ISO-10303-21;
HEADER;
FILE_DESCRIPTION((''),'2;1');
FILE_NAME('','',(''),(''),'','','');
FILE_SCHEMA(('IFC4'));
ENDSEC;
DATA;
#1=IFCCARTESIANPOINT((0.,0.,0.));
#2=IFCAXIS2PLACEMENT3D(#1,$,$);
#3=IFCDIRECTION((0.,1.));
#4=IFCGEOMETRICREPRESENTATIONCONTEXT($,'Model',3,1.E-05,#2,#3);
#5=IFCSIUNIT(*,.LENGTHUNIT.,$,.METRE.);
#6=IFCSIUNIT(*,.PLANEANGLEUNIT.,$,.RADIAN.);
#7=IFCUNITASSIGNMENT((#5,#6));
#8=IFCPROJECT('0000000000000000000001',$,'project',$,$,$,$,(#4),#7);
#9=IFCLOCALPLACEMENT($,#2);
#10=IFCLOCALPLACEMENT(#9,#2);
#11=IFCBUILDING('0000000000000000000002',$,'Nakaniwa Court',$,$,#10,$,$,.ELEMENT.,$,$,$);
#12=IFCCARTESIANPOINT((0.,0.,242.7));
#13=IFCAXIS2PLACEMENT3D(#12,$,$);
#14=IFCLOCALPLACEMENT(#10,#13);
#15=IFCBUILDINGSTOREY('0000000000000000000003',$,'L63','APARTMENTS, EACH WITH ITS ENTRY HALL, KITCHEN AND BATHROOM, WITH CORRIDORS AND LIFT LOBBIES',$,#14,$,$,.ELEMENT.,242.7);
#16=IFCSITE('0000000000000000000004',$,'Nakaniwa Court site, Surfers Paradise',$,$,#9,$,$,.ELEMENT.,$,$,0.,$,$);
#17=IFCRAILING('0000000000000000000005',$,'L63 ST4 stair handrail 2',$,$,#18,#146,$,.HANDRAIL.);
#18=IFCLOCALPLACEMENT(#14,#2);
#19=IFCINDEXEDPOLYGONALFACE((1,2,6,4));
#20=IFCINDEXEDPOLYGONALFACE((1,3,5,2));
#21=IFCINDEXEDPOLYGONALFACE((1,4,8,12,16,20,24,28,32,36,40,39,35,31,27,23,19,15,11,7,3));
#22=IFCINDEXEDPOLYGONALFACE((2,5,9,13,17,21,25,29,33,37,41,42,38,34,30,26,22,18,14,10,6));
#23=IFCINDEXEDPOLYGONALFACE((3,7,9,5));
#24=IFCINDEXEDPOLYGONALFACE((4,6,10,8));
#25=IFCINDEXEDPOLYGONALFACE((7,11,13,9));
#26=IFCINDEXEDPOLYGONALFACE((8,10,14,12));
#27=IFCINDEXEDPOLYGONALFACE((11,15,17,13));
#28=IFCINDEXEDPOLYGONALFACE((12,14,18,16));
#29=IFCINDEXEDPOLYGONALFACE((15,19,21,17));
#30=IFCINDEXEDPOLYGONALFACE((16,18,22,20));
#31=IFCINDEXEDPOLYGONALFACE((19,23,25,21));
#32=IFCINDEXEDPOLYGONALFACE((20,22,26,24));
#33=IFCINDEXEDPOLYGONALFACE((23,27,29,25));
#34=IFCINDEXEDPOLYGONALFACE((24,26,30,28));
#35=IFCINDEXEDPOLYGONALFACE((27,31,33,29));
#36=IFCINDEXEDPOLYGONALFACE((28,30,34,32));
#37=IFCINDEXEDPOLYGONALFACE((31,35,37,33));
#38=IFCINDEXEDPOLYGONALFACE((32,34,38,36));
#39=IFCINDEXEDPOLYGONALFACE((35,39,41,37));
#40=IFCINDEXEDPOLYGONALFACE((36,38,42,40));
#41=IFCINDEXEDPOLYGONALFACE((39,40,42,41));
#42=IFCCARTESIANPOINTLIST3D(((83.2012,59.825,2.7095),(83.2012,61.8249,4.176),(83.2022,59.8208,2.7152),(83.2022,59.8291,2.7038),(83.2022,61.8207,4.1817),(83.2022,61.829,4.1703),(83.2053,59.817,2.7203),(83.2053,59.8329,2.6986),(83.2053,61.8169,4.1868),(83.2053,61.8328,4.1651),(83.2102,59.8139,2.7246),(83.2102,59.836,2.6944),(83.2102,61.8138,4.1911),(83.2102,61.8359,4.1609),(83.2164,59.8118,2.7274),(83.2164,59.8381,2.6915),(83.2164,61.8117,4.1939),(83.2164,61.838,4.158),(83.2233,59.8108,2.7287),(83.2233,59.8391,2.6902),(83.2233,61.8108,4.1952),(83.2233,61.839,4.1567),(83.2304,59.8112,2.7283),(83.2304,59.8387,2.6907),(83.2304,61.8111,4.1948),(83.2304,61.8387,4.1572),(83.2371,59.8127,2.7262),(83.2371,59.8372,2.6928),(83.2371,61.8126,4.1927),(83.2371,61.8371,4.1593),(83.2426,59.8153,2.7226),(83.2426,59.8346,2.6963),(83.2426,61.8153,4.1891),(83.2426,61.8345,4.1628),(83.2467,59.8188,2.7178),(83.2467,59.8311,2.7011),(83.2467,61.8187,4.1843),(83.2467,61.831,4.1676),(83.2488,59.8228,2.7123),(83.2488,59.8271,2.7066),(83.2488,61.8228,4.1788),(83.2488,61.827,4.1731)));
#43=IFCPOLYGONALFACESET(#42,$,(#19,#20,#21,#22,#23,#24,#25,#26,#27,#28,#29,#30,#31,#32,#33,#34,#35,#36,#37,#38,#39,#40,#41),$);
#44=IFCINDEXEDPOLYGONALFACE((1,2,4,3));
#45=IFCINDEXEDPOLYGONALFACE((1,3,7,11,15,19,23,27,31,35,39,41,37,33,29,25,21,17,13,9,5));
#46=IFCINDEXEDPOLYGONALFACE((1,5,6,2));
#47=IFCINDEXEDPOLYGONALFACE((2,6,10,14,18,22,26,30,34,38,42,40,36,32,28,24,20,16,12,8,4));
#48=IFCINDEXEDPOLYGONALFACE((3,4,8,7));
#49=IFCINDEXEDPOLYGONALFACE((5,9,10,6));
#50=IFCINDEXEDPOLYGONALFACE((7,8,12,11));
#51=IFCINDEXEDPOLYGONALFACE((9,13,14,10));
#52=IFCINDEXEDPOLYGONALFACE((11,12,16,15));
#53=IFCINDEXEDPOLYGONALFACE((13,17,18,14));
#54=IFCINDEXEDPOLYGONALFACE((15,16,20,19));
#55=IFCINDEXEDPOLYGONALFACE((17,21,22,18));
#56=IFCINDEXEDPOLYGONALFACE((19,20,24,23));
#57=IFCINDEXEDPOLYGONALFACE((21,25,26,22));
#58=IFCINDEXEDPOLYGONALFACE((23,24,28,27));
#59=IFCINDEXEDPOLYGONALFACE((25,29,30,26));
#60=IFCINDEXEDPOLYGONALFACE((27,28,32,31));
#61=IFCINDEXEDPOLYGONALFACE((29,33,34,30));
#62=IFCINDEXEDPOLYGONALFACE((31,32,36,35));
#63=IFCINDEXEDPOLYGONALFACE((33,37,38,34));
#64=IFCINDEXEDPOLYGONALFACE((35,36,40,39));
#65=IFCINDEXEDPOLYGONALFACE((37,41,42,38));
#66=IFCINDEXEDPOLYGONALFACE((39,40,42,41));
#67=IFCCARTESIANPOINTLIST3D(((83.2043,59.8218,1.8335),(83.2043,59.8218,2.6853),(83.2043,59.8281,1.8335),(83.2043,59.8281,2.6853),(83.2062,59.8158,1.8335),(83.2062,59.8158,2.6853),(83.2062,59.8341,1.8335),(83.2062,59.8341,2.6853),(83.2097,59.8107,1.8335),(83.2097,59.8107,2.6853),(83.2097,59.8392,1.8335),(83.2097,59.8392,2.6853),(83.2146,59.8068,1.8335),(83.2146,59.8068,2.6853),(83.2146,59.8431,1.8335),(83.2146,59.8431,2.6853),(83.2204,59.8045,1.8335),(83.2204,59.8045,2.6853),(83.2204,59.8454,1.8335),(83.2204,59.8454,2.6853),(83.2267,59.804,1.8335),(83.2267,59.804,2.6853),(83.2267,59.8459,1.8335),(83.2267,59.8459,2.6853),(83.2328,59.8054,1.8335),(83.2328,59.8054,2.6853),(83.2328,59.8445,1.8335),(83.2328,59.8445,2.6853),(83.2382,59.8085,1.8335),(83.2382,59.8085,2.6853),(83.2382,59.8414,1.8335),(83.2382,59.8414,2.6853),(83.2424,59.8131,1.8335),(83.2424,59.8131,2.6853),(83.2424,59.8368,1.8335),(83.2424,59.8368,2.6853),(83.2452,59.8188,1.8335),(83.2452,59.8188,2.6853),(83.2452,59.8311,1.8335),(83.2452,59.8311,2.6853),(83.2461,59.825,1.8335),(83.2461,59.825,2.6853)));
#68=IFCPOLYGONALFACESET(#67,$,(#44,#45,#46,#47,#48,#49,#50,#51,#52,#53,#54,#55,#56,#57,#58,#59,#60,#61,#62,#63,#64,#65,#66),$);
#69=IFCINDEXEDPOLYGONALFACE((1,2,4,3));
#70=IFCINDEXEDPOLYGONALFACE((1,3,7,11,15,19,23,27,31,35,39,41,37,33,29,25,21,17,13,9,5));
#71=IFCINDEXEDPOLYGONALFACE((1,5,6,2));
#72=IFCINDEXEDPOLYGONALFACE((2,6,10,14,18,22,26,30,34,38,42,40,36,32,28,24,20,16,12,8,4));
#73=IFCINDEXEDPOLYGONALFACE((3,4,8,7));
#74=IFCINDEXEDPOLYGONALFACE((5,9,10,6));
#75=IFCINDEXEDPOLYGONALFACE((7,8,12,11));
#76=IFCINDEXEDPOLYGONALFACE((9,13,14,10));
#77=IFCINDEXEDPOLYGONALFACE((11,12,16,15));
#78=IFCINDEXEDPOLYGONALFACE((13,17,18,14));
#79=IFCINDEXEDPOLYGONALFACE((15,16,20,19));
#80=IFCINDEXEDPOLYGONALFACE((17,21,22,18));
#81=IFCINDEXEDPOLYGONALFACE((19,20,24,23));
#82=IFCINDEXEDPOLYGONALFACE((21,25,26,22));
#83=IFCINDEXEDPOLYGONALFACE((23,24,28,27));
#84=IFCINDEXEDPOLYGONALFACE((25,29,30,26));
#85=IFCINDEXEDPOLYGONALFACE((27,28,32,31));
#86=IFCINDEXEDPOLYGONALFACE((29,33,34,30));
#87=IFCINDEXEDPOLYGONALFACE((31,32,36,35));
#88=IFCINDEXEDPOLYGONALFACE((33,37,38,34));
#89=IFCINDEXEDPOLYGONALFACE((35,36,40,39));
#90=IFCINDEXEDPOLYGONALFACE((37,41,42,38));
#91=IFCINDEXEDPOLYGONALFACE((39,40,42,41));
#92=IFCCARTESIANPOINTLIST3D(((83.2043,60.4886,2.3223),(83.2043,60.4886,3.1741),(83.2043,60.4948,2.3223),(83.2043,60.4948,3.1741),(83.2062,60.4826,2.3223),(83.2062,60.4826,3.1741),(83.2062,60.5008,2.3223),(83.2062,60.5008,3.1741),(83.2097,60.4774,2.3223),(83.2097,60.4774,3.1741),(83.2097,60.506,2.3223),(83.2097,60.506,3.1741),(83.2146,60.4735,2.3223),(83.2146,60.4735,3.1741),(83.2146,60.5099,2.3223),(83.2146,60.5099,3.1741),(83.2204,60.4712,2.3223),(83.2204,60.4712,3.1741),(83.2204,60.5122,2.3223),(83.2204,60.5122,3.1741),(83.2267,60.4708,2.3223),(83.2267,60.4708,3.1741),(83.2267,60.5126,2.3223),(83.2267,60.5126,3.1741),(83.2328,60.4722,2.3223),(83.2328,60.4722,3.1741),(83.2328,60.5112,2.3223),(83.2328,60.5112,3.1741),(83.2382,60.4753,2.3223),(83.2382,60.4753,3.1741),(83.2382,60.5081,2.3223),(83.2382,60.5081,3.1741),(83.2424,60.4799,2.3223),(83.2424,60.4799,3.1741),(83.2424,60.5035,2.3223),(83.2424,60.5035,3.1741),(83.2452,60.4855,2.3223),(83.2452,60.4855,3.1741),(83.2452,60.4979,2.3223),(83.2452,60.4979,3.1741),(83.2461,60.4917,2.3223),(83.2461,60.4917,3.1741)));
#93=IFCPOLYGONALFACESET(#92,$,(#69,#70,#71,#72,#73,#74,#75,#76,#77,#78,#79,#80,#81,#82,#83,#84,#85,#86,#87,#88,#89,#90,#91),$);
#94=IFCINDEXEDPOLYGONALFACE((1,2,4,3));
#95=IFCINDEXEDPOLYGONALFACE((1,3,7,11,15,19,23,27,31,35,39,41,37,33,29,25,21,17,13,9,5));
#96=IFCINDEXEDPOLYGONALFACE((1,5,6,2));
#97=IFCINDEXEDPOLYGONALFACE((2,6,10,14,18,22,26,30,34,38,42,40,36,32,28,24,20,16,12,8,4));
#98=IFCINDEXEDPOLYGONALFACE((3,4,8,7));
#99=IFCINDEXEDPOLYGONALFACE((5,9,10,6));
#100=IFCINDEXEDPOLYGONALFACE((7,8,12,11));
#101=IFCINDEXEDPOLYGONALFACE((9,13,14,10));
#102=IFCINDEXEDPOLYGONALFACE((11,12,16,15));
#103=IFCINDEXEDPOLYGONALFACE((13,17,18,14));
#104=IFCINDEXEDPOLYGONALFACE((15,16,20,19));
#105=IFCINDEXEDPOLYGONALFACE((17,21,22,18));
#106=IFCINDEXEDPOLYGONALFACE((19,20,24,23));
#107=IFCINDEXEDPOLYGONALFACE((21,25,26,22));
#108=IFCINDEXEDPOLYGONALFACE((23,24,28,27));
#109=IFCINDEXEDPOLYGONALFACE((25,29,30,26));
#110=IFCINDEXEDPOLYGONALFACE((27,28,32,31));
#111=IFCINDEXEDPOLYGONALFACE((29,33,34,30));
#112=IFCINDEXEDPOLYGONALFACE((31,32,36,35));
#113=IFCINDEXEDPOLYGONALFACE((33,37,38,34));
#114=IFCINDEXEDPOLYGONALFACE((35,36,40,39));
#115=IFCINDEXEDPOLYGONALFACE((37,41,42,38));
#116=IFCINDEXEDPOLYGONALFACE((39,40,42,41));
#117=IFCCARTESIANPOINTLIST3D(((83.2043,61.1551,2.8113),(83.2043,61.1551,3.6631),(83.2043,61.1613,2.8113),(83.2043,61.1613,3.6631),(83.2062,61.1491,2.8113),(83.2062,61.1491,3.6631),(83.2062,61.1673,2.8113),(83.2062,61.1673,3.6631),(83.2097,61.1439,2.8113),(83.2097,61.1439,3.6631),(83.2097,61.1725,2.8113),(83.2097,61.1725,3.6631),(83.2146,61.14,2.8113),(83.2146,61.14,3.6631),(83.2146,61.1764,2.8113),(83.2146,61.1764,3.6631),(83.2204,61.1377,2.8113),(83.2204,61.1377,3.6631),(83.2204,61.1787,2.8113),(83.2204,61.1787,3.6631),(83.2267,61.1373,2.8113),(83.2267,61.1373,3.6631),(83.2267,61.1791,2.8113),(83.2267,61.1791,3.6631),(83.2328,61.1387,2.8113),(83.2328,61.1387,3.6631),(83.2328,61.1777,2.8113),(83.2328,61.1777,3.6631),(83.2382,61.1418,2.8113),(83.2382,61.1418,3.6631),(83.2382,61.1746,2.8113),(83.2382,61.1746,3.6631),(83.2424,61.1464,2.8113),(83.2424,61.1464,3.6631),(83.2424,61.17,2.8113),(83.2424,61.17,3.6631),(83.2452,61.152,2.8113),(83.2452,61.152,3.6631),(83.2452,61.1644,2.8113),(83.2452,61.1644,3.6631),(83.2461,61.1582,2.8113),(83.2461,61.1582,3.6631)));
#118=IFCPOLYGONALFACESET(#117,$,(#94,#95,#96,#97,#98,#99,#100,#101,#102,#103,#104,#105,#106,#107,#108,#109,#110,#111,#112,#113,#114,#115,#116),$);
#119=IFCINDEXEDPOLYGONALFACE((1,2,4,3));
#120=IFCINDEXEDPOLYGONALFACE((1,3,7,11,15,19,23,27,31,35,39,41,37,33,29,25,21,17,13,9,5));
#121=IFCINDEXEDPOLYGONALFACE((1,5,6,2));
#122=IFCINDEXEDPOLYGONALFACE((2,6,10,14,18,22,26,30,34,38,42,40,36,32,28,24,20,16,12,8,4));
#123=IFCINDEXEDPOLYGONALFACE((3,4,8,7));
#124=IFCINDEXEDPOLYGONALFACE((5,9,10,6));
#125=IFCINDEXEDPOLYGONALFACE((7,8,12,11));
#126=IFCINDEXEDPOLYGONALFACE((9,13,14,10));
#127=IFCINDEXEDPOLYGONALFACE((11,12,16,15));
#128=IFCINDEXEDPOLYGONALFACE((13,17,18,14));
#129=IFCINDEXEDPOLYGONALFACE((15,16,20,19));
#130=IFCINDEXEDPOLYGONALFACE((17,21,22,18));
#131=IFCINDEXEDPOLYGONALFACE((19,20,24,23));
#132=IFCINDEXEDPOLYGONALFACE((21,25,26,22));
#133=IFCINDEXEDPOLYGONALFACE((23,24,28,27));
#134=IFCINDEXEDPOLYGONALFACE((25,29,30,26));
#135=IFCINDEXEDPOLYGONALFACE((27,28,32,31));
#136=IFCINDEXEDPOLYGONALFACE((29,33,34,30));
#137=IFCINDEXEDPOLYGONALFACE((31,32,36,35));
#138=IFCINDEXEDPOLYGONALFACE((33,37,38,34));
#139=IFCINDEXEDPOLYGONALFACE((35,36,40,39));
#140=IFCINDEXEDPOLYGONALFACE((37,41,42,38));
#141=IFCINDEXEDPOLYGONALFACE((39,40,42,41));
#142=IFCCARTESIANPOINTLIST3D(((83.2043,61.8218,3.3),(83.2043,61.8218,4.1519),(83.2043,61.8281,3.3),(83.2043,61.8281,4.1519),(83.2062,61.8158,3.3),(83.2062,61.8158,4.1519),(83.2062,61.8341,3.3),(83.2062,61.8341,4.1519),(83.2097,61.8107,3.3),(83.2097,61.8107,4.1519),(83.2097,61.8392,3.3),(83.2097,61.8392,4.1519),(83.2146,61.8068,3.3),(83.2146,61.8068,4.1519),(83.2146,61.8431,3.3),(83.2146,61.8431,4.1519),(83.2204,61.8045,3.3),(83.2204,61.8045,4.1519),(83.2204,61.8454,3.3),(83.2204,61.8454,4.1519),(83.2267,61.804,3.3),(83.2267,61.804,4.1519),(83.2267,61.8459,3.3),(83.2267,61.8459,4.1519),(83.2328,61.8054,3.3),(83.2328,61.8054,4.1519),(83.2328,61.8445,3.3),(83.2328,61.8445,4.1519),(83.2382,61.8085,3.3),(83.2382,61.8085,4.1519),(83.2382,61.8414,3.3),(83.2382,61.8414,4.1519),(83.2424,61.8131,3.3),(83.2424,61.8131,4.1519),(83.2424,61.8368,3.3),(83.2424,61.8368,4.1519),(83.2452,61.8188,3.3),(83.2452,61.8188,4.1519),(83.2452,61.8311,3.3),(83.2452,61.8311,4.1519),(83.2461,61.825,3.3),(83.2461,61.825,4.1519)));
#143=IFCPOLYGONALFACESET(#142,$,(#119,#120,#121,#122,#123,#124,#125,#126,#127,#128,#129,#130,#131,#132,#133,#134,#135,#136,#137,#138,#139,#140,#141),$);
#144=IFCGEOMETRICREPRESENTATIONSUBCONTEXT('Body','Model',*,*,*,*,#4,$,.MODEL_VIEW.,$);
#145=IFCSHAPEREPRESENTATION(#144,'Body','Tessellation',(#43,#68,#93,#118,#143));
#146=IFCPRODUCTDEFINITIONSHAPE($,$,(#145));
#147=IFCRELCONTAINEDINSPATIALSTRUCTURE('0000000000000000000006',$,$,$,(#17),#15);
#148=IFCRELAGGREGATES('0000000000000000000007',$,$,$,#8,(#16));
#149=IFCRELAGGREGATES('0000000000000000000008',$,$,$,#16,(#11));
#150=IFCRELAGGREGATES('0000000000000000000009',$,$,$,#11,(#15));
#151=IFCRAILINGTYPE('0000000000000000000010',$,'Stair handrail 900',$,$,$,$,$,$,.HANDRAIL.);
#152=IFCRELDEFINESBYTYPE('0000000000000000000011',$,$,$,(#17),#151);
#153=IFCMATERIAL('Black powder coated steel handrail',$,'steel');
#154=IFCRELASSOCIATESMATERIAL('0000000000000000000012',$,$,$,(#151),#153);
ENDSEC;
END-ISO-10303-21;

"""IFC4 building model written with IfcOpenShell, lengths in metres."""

from ifc_helpers import new_model, si_unit, direction, frame, origin, origin_2d, place, context, subcontext, project, spatial, circle, extrude, material, type_object, element, save


model = new_model("IFC4")

# Units and contexts
model_context = context("Model", 3, precision=1e-05, world=origin(), true_north=direction((0.0, 1.0)))
body_context = subcontext(model_context, "Body", "Model", "MODEL_VIEW")
ifc_project = project(units=[si_unit("LENGTHUNIT", "METRE"), si_unit("PLANEANGLEUNIT", "RADIAN")], contexts=[model_context])

# Site, building, storey
site_placement = place(None, origin())
site = spatial("IfcSite", under=ifc_project, at=site_placement, Name="Nakaniwa Court site, Surfers Paradise", CompositionType="ELEMENT", RefElevation=0.0)
building_placement = place(site_placement, origin())
building = spatial("IfcBuilding", under=site, at=building_placement, Name="Nakaniwa Court", CompositionType="ELEMENT")
storey_placement = place(building_placement, frame((0.0, 0.0, 242.7)))
storey = spatial("IfcBuildingStorey", under=building, at=storey_placement, Name="L63", Description="APARTMENTS, EACH WITH ITS ENTRY HALL, KITCHEN AND BATHROOM, WITH CORRIDORS AND LIFT LOBBIES", CompositionType="ELEMENT", Elevation=242.7)

# Railing
ifc_material_1 = material(Name="Black powder coated steel handrail", Category="steel")
railing_type_1 = type_object("IfcRailingType", Name="Stair handrail 900", PredefinedType="HANDRAIL", material=ifc_material_1)
railing_1_placement = place(storey_placement, frame((83.2251, 59.825, 1.8335)))
element("IfcRailing", 1, at=railing_1_placement, inside=storey, type_object=railing_type_1, Name="L63 ST4 stair handrail 2", PredefinedType="HANDRAIL", context=body_context, shape_type="SweptSolid", body=[
    extrude(circle(Radius=0.0239, at=origin_2d()), frame((0.0, 0.0, 0.876), z_axis=(0.0, 0.806427, 0.591334), x_axis=(-1.0, 0.0, 0.0)), (0.0, 0.0, 1.0), 2.48),
    extrude(circle(Radius=0.021, at=origin_2d()), origin(), (0.0, 0.0, 1.0), 0.8518),
    extrude(circle(Radius=0.021, at=origin_2d()), frame((0.0, 0.6667, 0.4888)), (0.0, 0.0, 1.0), 0.8518),
    extrude(circle(Radius=0.021, at=origin_2d()), frame((0.0, 1.3333, 0.9778)), (0.0, 0.0, 1.0), 0.8518),
    extrude(circle(Radius=0.021, at=origin_2d()), frame((0.0, 2.0, 1.4666)), (0.0, 0.0, 1.0), 0.8518),
])

save(model, "model.ifc")
